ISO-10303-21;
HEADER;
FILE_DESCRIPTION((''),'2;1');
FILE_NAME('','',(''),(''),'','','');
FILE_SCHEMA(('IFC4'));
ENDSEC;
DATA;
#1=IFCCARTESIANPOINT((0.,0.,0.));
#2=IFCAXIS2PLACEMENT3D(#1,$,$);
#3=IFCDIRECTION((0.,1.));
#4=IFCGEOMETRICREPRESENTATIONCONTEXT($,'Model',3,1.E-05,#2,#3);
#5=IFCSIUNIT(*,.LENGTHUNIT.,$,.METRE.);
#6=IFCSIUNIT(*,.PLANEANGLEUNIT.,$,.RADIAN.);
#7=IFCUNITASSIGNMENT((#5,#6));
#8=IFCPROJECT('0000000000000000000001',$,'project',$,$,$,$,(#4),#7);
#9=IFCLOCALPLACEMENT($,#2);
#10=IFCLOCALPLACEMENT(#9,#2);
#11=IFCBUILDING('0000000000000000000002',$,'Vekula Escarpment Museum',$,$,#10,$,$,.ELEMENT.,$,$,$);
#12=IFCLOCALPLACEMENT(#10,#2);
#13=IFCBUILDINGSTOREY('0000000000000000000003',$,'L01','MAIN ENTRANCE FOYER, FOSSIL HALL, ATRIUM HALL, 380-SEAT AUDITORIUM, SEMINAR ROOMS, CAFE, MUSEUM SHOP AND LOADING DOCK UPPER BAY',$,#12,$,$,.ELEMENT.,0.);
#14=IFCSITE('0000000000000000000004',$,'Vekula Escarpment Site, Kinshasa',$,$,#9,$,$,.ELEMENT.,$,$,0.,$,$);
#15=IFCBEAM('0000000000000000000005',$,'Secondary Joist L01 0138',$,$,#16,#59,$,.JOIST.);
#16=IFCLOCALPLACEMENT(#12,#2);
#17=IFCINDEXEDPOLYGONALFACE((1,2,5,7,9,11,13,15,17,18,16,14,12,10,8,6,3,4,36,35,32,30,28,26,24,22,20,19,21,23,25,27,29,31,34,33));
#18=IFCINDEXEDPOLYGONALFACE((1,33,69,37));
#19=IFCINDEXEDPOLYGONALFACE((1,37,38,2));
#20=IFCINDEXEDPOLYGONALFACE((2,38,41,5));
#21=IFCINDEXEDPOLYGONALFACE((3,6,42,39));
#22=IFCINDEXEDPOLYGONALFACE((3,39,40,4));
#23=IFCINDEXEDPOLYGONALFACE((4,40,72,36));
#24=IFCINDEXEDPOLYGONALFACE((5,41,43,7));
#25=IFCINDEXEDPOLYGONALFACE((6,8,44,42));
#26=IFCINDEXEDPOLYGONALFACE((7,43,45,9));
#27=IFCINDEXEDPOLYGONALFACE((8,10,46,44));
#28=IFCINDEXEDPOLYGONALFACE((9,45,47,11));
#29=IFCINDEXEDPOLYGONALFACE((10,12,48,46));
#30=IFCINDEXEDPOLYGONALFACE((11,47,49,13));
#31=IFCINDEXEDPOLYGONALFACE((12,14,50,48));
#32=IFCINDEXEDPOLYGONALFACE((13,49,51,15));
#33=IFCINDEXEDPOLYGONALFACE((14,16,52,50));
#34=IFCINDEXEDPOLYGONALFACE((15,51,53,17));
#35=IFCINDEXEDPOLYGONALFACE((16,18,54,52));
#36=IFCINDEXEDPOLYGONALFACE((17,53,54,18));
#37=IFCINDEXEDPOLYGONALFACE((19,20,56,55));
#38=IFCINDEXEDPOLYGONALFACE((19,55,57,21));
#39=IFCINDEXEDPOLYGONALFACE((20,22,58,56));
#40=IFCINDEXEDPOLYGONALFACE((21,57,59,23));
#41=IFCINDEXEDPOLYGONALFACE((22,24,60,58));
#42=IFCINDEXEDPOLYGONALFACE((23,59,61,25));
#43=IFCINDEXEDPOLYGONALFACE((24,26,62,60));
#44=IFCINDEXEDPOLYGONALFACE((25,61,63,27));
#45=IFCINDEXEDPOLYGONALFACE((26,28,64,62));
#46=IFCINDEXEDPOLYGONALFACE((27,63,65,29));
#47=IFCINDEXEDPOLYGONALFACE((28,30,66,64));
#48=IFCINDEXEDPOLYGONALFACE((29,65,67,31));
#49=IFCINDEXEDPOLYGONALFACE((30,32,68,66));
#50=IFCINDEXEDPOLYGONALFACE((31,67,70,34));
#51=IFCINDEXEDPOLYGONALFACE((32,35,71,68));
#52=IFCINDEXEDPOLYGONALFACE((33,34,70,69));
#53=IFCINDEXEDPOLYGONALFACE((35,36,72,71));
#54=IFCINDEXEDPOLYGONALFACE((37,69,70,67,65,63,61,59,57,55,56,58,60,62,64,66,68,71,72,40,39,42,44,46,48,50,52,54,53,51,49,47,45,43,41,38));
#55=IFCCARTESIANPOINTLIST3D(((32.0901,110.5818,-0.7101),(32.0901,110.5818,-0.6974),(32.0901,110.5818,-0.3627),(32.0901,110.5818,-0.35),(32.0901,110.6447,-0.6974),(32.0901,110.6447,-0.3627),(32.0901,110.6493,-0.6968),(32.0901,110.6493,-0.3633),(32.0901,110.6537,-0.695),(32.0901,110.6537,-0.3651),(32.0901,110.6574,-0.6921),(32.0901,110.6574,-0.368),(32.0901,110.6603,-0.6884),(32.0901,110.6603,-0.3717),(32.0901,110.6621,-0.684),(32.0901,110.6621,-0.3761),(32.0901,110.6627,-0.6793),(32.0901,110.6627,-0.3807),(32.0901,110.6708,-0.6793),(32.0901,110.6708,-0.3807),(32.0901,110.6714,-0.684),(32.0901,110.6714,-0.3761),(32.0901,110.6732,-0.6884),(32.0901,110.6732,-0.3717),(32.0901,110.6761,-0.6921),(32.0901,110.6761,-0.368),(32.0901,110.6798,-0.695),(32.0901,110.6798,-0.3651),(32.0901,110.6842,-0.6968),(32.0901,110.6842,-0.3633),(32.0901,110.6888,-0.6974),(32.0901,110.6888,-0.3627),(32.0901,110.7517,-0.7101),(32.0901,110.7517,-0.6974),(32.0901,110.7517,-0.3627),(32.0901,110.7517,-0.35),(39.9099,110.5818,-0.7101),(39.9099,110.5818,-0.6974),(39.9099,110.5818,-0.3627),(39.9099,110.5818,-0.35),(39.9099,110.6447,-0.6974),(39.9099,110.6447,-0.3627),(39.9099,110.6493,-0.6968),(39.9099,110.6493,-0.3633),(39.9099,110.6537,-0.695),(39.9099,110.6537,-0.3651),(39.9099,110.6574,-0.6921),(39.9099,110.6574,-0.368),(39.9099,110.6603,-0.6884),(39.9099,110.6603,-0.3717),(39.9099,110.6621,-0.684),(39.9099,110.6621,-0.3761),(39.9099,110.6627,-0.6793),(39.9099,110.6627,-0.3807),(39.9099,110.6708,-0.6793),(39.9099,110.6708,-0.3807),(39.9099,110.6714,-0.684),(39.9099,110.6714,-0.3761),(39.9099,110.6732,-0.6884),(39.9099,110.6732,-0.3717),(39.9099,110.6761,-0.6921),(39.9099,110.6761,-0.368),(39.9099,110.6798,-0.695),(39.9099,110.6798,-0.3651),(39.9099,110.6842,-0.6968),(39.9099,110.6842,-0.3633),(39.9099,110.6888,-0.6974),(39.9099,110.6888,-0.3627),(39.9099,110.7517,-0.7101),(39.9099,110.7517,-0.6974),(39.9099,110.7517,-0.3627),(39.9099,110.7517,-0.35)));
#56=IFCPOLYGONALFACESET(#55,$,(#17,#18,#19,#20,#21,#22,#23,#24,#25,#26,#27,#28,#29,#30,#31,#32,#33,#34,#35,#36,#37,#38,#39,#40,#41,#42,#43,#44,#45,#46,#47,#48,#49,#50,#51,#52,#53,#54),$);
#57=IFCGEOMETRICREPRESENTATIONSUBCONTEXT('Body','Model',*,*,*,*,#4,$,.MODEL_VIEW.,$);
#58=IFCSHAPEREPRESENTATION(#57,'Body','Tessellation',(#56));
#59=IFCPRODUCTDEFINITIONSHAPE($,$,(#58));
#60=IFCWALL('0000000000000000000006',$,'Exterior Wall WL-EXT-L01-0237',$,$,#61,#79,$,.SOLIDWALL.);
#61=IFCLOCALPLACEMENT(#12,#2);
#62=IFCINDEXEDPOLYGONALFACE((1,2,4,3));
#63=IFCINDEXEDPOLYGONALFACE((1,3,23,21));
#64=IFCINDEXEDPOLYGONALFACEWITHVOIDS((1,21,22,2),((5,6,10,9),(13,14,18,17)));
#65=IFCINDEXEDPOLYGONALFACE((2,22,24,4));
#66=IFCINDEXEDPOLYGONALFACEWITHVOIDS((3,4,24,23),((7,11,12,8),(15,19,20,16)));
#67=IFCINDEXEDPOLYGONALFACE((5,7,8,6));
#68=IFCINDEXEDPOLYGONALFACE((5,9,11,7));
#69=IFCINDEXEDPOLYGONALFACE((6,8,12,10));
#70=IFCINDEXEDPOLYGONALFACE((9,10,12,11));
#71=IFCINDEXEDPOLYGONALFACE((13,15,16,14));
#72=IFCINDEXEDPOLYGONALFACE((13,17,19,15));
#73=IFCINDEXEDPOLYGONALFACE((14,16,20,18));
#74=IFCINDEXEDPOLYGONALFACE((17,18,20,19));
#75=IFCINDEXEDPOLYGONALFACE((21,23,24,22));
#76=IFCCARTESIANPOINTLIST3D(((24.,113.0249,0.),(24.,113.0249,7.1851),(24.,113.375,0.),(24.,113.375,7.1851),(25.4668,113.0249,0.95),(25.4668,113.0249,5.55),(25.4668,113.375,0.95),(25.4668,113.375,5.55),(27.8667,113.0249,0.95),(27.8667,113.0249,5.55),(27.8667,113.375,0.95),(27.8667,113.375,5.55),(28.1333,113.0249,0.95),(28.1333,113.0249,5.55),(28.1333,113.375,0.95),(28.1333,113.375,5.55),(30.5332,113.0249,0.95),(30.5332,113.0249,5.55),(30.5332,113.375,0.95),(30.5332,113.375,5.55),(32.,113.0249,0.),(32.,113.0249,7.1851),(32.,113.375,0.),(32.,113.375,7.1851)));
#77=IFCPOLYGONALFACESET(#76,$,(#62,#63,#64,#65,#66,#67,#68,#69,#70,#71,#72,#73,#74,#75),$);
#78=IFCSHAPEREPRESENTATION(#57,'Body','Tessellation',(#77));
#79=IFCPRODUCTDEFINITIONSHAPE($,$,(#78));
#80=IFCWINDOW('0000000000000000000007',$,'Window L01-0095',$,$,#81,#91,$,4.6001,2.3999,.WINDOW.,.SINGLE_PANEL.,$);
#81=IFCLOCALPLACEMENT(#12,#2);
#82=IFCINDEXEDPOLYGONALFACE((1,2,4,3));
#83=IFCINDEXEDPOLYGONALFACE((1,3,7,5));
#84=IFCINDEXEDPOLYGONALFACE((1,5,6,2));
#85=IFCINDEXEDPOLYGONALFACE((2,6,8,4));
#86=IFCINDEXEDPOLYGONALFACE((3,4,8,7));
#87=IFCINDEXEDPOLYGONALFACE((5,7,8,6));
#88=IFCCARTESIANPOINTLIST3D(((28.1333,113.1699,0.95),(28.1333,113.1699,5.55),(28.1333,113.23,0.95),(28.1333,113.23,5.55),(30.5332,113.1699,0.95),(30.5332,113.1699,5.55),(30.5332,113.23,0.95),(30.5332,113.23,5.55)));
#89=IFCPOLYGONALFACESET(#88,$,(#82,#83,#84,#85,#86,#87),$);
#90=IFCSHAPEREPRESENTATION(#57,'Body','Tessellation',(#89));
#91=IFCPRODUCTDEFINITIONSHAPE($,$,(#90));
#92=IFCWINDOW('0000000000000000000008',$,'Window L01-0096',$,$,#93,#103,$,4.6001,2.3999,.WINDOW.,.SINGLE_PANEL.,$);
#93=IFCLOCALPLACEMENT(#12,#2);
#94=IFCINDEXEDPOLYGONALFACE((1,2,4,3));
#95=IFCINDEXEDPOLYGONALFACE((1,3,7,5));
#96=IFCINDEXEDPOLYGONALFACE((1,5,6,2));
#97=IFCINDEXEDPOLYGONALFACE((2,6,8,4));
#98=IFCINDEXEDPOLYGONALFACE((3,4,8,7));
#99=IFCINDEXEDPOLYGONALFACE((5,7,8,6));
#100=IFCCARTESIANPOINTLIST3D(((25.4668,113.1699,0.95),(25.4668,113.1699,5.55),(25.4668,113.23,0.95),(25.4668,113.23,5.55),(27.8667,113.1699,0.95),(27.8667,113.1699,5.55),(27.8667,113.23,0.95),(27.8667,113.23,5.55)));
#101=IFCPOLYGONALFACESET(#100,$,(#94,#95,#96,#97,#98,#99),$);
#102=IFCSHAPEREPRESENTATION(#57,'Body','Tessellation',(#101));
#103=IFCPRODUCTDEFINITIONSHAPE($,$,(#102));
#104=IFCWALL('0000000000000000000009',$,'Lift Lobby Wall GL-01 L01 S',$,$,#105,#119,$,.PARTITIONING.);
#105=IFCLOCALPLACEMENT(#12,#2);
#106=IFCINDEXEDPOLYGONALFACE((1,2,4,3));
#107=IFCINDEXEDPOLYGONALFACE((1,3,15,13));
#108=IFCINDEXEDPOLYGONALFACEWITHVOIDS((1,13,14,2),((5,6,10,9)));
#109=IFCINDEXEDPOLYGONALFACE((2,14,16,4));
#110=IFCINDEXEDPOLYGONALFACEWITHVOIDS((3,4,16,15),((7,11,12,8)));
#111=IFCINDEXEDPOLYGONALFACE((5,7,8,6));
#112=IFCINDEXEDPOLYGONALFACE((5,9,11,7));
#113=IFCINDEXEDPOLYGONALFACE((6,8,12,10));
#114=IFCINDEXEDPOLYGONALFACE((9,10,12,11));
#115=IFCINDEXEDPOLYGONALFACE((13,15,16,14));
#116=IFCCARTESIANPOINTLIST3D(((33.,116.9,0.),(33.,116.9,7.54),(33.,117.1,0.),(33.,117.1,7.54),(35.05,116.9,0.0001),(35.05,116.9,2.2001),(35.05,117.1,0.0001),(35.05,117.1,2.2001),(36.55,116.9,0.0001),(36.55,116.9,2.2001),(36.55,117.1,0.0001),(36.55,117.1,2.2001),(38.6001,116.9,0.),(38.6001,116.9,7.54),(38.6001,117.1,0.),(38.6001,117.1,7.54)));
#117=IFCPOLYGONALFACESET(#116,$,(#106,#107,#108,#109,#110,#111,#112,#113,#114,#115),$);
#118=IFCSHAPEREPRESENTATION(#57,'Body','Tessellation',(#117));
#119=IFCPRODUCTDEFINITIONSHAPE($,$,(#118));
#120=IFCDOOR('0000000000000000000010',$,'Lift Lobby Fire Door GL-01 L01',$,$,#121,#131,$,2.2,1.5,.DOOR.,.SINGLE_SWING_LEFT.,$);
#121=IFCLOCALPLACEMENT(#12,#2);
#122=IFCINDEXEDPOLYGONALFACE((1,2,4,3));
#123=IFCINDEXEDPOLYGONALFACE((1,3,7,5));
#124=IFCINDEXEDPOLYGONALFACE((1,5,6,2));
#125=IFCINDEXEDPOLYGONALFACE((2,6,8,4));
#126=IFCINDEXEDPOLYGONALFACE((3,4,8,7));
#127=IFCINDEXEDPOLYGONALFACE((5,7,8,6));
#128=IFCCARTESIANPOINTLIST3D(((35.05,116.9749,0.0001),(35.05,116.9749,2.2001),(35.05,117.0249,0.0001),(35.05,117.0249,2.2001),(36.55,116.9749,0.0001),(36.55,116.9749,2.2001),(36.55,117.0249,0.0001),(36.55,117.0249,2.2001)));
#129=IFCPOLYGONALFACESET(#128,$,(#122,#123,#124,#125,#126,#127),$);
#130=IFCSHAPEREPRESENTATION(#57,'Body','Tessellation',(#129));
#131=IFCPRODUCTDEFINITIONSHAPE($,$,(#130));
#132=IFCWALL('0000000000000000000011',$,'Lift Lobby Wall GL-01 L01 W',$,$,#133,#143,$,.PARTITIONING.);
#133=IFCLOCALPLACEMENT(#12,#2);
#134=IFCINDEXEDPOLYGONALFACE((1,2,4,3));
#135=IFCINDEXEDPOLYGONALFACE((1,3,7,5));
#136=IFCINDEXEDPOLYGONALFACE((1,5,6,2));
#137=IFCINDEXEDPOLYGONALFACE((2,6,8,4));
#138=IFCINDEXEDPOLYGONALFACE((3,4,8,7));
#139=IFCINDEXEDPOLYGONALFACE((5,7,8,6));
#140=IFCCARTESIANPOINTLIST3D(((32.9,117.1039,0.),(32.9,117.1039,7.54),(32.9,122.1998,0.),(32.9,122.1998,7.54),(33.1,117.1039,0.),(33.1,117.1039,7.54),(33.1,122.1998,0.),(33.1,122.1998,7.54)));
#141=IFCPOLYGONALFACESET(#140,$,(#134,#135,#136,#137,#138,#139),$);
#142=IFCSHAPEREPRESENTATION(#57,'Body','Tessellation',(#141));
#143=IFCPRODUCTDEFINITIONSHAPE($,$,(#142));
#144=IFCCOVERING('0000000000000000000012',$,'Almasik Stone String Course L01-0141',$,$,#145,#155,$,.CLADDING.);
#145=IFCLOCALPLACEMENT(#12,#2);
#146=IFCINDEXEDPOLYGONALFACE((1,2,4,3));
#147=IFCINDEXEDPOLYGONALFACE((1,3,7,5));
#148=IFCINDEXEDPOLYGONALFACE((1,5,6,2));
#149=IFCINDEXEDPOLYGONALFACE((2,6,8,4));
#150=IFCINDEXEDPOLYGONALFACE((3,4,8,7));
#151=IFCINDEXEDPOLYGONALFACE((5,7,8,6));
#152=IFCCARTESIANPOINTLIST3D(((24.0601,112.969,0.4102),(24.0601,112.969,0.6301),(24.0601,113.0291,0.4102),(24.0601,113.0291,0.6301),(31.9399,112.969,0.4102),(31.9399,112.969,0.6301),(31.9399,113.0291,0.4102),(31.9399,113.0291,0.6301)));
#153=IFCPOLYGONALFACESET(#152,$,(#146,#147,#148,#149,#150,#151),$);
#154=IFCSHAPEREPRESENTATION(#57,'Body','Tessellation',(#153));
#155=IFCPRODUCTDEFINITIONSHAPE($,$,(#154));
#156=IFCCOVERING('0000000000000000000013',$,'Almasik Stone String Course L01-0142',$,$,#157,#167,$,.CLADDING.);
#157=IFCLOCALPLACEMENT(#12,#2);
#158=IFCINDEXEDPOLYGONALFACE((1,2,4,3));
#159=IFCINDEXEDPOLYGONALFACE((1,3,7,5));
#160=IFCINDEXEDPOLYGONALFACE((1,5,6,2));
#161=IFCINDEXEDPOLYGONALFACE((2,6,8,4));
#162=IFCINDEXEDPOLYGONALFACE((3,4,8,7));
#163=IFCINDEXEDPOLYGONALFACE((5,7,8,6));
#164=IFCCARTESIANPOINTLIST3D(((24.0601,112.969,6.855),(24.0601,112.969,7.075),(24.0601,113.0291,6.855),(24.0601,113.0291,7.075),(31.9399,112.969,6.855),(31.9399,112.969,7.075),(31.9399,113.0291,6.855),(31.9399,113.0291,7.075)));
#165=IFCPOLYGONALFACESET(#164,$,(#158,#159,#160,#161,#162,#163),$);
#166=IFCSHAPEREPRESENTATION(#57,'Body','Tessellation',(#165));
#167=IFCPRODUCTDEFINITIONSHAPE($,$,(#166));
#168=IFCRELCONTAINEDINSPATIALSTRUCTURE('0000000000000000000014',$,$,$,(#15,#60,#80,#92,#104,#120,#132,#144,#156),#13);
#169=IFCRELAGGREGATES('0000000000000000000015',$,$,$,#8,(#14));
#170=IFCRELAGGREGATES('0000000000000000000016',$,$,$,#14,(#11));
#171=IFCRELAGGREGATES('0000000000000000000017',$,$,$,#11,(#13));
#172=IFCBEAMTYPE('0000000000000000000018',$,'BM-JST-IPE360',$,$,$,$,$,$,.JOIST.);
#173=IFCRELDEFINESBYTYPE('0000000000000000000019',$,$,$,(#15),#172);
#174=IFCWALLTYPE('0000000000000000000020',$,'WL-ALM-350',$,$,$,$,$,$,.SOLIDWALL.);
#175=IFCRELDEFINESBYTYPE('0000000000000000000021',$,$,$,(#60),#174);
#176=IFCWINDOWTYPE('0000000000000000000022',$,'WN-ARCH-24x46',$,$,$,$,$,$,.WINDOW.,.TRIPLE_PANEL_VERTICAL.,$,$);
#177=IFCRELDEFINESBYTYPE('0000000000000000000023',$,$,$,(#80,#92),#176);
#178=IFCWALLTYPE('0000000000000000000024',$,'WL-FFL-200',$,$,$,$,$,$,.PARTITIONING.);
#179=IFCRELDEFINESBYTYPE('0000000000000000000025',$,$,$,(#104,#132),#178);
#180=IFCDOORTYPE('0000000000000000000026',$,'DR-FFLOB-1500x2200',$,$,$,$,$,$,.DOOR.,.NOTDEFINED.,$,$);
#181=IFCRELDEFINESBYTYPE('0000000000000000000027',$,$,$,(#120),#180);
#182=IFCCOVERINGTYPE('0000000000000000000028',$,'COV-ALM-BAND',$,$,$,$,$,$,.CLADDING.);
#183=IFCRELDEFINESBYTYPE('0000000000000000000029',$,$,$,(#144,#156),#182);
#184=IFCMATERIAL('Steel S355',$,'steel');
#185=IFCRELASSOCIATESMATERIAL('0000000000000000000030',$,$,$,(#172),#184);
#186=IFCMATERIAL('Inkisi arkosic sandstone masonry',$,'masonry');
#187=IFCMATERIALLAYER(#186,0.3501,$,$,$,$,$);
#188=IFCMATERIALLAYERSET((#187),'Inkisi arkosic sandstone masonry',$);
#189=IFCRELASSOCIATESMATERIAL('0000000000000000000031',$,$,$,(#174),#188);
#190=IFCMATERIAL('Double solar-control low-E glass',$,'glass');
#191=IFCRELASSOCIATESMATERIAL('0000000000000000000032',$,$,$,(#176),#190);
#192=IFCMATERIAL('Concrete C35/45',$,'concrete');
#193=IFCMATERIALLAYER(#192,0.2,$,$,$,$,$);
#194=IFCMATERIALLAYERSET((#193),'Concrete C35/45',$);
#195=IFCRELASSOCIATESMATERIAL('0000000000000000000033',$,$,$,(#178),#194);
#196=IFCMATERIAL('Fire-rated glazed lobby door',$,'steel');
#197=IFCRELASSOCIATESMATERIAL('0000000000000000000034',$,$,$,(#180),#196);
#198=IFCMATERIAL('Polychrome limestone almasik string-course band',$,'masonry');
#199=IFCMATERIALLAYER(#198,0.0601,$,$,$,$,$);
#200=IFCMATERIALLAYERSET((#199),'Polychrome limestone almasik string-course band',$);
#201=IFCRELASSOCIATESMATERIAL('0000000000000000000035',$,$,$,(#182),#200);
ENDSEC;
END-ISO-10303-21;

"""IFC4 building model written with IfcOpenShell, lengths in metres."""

from ifc_helpers import new_model, si_unit, direction, frame, frame_2d, origin, origin_2d, place, context, subcontext, project, spatial, rectangle, i_section, extrude, material, layer, layer_set, material_profile, profile_set, type_object, element, fill, save


model = new_model("IFC4")

# Units and contexts
model_context = context("Model", 3, precision=1e-05, world=origin(), true_north=direction((0.0, 1.0)))
body_context = subcontext(model_context, "Body", "Model", "MODEL_VIEW")
ifc_project = project(units=[si_unit("LENGTHUNIT", "METRE"), si_unit("PLANEANGLEUNIT", "RADIAN")], contexts=[model_context])

# Site, building, storey
site_placement = place(None, origin())
site = spatial("IfcSite", under=ifc_project, at=site_placement, Name="Vekula Escarpment Site, Kinshasa", CompositionType="ELEMENT", RefElevation=0.0)
building_placement = place(site_placement, origin())
building = spatial("IfcBuilding", under=site, at=building_placement, Name="Vekula Escarpment Museum", CompositionType="ELEMENT")
storey_placement = place(building_placement, origin())
storey = spatial("IfcBuildingStorey", under=building, at=storey_placement, Name="L01", Description="MAIN ENTRANCE FOYER, FOSSIL HALL, ATRIUM HALL, 380-SEAT AUDITORIUM, SEMINAR ROOMS, CAFE, MUSEUM SHOP AND LOADING DOCK UPPER BAY", CompositionType="ELEMENT", Elevation=0.0)

# Beam
ifc_material_1 = material(Name="Steel S355", Category="steel")
ifc_material_profile_1 = material_profile(ifc_material_1, i_section(OverallWidth=0.1699, OverallDepth=0.3601, WebThickness=0.0081, FlangeThickness=0.0127, FilletRadius=0.0181, at=origin_2d()), Name="IPE 360")
ifc_profile_set_1 = profile_set([ifc_material_profile_1], Name="Steel S355")
beam_type_1 = type_object("IfcBeamType", Name="BM-JST-IPE360", PredefinedType="JOIST", material=ifc_profile_set_1)
for number, where, z_axis, x_axis, name in (
    (1, (32.0901, 110.6667, -0.53), (1.0, 0.0, 0.0), (0.0, 1.0, 0.0), "Secondary Joist L01 0138"),
):
    element("IfcBeam", number, at=place(storey_placement, frame(where, z_axis=z_axis, x_axis=x_axis)), inside=storey, type_object=beam_type_1, Name=name, PredefinedType="JOIST", context=body_context, shape_type="SweptSolid", body=[
        extrude(i_section(OverallWidth=0.1699, OverallDepth=0.3601, WebThickness=0.0081, FlangeThickness=0.0127, FilletRadius=0.0181, at=origin_2d()), origin(), (0.0, 0.0, 1.0), 7.8198),
    ])

# Wall, openings, windows
ifc_material_2 = material(Name="Inkisi arkosic sandstone masonry", Category="masonry")
ifc_layer_1 = layer(ifc_material_2, 0.3501)
ifc_layer_set_1 = layer_set([ifc_layer_1], Name="Inkisi arkosic sandstone masonry")
wall_type_1 = type_object("IfcWallType", Name="WL-ALM-350", PredefinedType="SOLIDWALL", material=ifc_layer_set_1)
wall_1_placement = place(storey_placement, frame((32.0, 113.2, 0.0), z_axis=(0.0, 0.0, 1.0), x_axis=(-1.0, 0.0, 0.0)))
wall_1 = element("IfcWall", 2, at=wall_1_placement, inside=storey, type_object=wall_type_1, Name="Exterior Wall WL-EXT-L01-0237", PredefinedType="SOLIDWALL", context=body_context, shape_type="SweptSolid", body=[
    extrude(rectangle(XDim=8.0, YDim=0.3501, at=frame_2d((4.0, 0.0))), origin(), (0.0, 0.0, 1.0), 7.1851),
])
opening_1_placement = place(wall_1_placement, frame((1.4668, 0.0, 0.95)))
opening_1 = element("IfcOpeningElement", 3, at=opening_1_placement, cuts=wall_1, PredefinedType="OPENING", context=body_context, shape_type="SweptSolid", body=[
    extrude(rectangle(XDim=2.3999, YDim=4.6001, at=frame_2d((1.2, 2.3))), frame((0.0, 0.1851, 0.0), z_axis=(0.0, -1.0, 0.0), x_axis=(1.0, 0.0, 0.0)), (0.0, 0.0, 1.0), 0.3701),
])
opening_2_placement = place(wall_1_placement, frame((4.1333, 0.0, 0.95)))
opening_2 = element("IfcOpeningElement", 4, at=opening_2_placement, cuts=wall_1, PredefinedType="OPENING", context=body_context, shape_type="SweptSolid", body=[
    extrude(rectangle(XDim=2.3999, YDim=4.6001, at=frame_2d((1.2, 2.3))), frame((0.0, 0.1851, 0.0), z_axis=(0.0, -1.0, 0.0), x_axis=(1.0, 0.0, 0.0)), (0.0, 0.0, 1.0), 0.3701),
])
ifc_material_3 = material(Name="Double solar-control low-E glass", Category="glass")
window_type = type_object("IfcWindowType", Name="WN-ARCH-24x46", PartitioningType="TRIPLE_PANEL_VERTICAL", PredefinedType="WINDOW", material=ifc_material_3)
window_1_placement = place(opening_1_placement, origin())
window_1 = element("IfcWindow", 5, at=window_1_placement, inside=storey, type_object=window_type, Name="Window L01-0095", OverallHeight=4.6001, OverallWidth=2.3999, PartitioningType="SINGLE_PANEL", PredefinedType="WINDOW", context=body_context, shape_type="SweptSolid", body=[
    extrude(rectangle(XDim=2.3999, YDim=4.6001, at=frame_2d((1.2, 2.3))), frame((0.0, 0.03, 0.0), z_axis=(0.0, -1.0, 0.0), x_axis=(1.0, 0.0, 0.0)), (0.0, 0.0, 1.0), 0.0601),
])
fill(opening_1, window_1)
window_2_placement = place(opening_2_placement, origin())
window_2 = element("IfcWindow", 6, at=window_2_placement, inside=storey, type_object=window_type, Name="Window L01-0096", OverallHeight=4.6001, OverallWidth=2.3999, PartitioningType="SINGLE_PANEL", PredefinedType="WINDOW", context=body_context, shape_type="SweptSolid", body=[
    extrude(rectangle(XDim=2.3999, YDim=4.6001, at=frame_2d((1.2, 2.3))), frame((0.0, 0.03, 0.0), z_axis=(0.0, -1.0, 0.0), x_axis=(1.0, 0.0, 0.0)), (0.0, 0.0, 1.0), 0.0601),
])
fill(opening_2, window_2)

# Wall, opening, door
ifc_material_4 = material(Name="Concrete C35/45", Category="concrete")
ifc_layer_2 = layer(ifc_material_4, 0.2)
ifc_layer_set_2 = layer_set([ifc_layer_2], Name="Concrete C35/45")
wall_type_2 = type_object("IfcWallType", Name="WL-FFL-200", PredefinedType="PARTITIONING", material=ifc_layer_set_2)
wall_2_placement = place(storey_placement, frame((33.0, 117.0, 0.0), z_axis=(0.0, 0.0, 1.0), x_axis=(1.0, 0.0, 0.0)))
wall_2 = element("IfcWall", 7, at=wall_2_placement, inside=storey, type_object=wall_type_2, Name="Lift Lobby Wall GL-01 L01 S", PredefinedType="PARTITIONING", context=body_context, shape_type="SweptSolid", body=[
    extrude(rectangle(XDim=5.6001, YDim=0.2, at=frame_2d((2.8, 0.0))), origin(), (0.0, 0.0, 1.0), 7.54),
])
opening_3_placement = place(wall_2_placement, frame((2.05, 0.0, 0.0)))
opening_3 = element("IfcOpeningElement", 8, at=opening_3_placement, cuts=wall_2, PredefinedType="OPENING", context=body_context, shape_type="SweptSolid", body=[
    extrude(rectangle(XDim=1.5, YDim=2.2, at=frame_2d((0.75, 1.1001))), frame((0.0, 0.1099, 0.0), z_axis=(0.0, -1.0, 0.0), x_axis=(1.0, 0.0, 0.0)), (0.0, 0.0, 1.0), 0.22),
])
ifc_material_5 = material(Name="Fire-rated glazed lobby door", Category="steel")
door_type = type_object("IfcDoorType", Name="DR-FFLOB-1500x2200", OperationType="NOTDEFINED", PredefinedType="DOOR", material=ifc_material_5)
door_placement = place(opening_3_placement, origin())
door = element("IfcDoor", 9, at=door_placement, inside=storey, type_object=door_type, Name="Lift Lobby Fire Door GL-01 L01", OperationType="SINGLE_SWING_LEFT", OverallHeight=2.2, OverallWidth=1.5, PredefinedType="DOOR", context=body_context, shape_type="SweptSolid", body=[
    extrude(rectangle(XDim=1.5, YDim=2.2, at=frame_2d((0.75, 1.1001))), frame((0.0, 0.0249, 0.0), z_axis=(0.0, -1.0, 0.0), x_axis=(1.0, 0.0, 0.0)), (0.0, 0.0, 1.0), 0.05),
])
fill(opening_3, door)

# Wall
wall_3_placement = place(storey_placement, frame((33.0, 117.104, 0.0), z_axis=(0.0, 0.0, 1.0), x_axis=(0.0, 1.0, 0.0)))
element("IfcWall", 10, at=wall_3_placement, inside=storey, type_object=wall_type_2, Name="Lift Lobby Wall GL-01 L01 W", PredefinedType="PARTITIONING", context=body_context, shape_type="SweptSolid", body=[
    extrude(rectangle(XDim=5.0959, YDim=0.2, at=frame_2d((2.5479, 0.0))), origin(), (0.0, 0.0, 1.0), 7.54),
])

# Coverings
ifc_material_6 = material(Name="Polychrome limestone almasik string-course band", Category="masonry")
ifc_layer_3 = layer(ifc_material_6, 0.0601)
ifc_layer_set_3 = layer_set([ifc_layer_3], Name="Polychrome limestone almasik string-course band")
covering_type = type_object("IfcCoveringType", Name="COV-ALM-BAND", PredefinedType="CLADDING", material=ifc_layer_set_3)
for number, where, z_axis, x_axis, name in (
    (11, (28.0, 112.999, 0.4102), (0.0, 0.0, 1.0), (1.0, 0.0, 0.0), "Almasik Stone String Course L01-0141"),
    (12, (28.0, 112.999, 6.855), (0.0, 0.0, 1.0), (1.0, 0.0, 0.0), "Almasik Stone String Course L01-0142"),
):
    element("IfcCovering", number, at=place(storey_placement, frame(where, z_axis=z_axis, x_axis=x_axis)), inside=storey, type_object=covering_type, Name=name, PredefinedType="CLADDING", context=body_context, shape_type="SweptSolid", body=[
        extrude(rectangle(XDim=7.8799, YDim=0.0601, at=origin_2d()), origin(), (0.0, 0.0, 1.0), 0.22),
    ])

save(model, "model.ifc")
